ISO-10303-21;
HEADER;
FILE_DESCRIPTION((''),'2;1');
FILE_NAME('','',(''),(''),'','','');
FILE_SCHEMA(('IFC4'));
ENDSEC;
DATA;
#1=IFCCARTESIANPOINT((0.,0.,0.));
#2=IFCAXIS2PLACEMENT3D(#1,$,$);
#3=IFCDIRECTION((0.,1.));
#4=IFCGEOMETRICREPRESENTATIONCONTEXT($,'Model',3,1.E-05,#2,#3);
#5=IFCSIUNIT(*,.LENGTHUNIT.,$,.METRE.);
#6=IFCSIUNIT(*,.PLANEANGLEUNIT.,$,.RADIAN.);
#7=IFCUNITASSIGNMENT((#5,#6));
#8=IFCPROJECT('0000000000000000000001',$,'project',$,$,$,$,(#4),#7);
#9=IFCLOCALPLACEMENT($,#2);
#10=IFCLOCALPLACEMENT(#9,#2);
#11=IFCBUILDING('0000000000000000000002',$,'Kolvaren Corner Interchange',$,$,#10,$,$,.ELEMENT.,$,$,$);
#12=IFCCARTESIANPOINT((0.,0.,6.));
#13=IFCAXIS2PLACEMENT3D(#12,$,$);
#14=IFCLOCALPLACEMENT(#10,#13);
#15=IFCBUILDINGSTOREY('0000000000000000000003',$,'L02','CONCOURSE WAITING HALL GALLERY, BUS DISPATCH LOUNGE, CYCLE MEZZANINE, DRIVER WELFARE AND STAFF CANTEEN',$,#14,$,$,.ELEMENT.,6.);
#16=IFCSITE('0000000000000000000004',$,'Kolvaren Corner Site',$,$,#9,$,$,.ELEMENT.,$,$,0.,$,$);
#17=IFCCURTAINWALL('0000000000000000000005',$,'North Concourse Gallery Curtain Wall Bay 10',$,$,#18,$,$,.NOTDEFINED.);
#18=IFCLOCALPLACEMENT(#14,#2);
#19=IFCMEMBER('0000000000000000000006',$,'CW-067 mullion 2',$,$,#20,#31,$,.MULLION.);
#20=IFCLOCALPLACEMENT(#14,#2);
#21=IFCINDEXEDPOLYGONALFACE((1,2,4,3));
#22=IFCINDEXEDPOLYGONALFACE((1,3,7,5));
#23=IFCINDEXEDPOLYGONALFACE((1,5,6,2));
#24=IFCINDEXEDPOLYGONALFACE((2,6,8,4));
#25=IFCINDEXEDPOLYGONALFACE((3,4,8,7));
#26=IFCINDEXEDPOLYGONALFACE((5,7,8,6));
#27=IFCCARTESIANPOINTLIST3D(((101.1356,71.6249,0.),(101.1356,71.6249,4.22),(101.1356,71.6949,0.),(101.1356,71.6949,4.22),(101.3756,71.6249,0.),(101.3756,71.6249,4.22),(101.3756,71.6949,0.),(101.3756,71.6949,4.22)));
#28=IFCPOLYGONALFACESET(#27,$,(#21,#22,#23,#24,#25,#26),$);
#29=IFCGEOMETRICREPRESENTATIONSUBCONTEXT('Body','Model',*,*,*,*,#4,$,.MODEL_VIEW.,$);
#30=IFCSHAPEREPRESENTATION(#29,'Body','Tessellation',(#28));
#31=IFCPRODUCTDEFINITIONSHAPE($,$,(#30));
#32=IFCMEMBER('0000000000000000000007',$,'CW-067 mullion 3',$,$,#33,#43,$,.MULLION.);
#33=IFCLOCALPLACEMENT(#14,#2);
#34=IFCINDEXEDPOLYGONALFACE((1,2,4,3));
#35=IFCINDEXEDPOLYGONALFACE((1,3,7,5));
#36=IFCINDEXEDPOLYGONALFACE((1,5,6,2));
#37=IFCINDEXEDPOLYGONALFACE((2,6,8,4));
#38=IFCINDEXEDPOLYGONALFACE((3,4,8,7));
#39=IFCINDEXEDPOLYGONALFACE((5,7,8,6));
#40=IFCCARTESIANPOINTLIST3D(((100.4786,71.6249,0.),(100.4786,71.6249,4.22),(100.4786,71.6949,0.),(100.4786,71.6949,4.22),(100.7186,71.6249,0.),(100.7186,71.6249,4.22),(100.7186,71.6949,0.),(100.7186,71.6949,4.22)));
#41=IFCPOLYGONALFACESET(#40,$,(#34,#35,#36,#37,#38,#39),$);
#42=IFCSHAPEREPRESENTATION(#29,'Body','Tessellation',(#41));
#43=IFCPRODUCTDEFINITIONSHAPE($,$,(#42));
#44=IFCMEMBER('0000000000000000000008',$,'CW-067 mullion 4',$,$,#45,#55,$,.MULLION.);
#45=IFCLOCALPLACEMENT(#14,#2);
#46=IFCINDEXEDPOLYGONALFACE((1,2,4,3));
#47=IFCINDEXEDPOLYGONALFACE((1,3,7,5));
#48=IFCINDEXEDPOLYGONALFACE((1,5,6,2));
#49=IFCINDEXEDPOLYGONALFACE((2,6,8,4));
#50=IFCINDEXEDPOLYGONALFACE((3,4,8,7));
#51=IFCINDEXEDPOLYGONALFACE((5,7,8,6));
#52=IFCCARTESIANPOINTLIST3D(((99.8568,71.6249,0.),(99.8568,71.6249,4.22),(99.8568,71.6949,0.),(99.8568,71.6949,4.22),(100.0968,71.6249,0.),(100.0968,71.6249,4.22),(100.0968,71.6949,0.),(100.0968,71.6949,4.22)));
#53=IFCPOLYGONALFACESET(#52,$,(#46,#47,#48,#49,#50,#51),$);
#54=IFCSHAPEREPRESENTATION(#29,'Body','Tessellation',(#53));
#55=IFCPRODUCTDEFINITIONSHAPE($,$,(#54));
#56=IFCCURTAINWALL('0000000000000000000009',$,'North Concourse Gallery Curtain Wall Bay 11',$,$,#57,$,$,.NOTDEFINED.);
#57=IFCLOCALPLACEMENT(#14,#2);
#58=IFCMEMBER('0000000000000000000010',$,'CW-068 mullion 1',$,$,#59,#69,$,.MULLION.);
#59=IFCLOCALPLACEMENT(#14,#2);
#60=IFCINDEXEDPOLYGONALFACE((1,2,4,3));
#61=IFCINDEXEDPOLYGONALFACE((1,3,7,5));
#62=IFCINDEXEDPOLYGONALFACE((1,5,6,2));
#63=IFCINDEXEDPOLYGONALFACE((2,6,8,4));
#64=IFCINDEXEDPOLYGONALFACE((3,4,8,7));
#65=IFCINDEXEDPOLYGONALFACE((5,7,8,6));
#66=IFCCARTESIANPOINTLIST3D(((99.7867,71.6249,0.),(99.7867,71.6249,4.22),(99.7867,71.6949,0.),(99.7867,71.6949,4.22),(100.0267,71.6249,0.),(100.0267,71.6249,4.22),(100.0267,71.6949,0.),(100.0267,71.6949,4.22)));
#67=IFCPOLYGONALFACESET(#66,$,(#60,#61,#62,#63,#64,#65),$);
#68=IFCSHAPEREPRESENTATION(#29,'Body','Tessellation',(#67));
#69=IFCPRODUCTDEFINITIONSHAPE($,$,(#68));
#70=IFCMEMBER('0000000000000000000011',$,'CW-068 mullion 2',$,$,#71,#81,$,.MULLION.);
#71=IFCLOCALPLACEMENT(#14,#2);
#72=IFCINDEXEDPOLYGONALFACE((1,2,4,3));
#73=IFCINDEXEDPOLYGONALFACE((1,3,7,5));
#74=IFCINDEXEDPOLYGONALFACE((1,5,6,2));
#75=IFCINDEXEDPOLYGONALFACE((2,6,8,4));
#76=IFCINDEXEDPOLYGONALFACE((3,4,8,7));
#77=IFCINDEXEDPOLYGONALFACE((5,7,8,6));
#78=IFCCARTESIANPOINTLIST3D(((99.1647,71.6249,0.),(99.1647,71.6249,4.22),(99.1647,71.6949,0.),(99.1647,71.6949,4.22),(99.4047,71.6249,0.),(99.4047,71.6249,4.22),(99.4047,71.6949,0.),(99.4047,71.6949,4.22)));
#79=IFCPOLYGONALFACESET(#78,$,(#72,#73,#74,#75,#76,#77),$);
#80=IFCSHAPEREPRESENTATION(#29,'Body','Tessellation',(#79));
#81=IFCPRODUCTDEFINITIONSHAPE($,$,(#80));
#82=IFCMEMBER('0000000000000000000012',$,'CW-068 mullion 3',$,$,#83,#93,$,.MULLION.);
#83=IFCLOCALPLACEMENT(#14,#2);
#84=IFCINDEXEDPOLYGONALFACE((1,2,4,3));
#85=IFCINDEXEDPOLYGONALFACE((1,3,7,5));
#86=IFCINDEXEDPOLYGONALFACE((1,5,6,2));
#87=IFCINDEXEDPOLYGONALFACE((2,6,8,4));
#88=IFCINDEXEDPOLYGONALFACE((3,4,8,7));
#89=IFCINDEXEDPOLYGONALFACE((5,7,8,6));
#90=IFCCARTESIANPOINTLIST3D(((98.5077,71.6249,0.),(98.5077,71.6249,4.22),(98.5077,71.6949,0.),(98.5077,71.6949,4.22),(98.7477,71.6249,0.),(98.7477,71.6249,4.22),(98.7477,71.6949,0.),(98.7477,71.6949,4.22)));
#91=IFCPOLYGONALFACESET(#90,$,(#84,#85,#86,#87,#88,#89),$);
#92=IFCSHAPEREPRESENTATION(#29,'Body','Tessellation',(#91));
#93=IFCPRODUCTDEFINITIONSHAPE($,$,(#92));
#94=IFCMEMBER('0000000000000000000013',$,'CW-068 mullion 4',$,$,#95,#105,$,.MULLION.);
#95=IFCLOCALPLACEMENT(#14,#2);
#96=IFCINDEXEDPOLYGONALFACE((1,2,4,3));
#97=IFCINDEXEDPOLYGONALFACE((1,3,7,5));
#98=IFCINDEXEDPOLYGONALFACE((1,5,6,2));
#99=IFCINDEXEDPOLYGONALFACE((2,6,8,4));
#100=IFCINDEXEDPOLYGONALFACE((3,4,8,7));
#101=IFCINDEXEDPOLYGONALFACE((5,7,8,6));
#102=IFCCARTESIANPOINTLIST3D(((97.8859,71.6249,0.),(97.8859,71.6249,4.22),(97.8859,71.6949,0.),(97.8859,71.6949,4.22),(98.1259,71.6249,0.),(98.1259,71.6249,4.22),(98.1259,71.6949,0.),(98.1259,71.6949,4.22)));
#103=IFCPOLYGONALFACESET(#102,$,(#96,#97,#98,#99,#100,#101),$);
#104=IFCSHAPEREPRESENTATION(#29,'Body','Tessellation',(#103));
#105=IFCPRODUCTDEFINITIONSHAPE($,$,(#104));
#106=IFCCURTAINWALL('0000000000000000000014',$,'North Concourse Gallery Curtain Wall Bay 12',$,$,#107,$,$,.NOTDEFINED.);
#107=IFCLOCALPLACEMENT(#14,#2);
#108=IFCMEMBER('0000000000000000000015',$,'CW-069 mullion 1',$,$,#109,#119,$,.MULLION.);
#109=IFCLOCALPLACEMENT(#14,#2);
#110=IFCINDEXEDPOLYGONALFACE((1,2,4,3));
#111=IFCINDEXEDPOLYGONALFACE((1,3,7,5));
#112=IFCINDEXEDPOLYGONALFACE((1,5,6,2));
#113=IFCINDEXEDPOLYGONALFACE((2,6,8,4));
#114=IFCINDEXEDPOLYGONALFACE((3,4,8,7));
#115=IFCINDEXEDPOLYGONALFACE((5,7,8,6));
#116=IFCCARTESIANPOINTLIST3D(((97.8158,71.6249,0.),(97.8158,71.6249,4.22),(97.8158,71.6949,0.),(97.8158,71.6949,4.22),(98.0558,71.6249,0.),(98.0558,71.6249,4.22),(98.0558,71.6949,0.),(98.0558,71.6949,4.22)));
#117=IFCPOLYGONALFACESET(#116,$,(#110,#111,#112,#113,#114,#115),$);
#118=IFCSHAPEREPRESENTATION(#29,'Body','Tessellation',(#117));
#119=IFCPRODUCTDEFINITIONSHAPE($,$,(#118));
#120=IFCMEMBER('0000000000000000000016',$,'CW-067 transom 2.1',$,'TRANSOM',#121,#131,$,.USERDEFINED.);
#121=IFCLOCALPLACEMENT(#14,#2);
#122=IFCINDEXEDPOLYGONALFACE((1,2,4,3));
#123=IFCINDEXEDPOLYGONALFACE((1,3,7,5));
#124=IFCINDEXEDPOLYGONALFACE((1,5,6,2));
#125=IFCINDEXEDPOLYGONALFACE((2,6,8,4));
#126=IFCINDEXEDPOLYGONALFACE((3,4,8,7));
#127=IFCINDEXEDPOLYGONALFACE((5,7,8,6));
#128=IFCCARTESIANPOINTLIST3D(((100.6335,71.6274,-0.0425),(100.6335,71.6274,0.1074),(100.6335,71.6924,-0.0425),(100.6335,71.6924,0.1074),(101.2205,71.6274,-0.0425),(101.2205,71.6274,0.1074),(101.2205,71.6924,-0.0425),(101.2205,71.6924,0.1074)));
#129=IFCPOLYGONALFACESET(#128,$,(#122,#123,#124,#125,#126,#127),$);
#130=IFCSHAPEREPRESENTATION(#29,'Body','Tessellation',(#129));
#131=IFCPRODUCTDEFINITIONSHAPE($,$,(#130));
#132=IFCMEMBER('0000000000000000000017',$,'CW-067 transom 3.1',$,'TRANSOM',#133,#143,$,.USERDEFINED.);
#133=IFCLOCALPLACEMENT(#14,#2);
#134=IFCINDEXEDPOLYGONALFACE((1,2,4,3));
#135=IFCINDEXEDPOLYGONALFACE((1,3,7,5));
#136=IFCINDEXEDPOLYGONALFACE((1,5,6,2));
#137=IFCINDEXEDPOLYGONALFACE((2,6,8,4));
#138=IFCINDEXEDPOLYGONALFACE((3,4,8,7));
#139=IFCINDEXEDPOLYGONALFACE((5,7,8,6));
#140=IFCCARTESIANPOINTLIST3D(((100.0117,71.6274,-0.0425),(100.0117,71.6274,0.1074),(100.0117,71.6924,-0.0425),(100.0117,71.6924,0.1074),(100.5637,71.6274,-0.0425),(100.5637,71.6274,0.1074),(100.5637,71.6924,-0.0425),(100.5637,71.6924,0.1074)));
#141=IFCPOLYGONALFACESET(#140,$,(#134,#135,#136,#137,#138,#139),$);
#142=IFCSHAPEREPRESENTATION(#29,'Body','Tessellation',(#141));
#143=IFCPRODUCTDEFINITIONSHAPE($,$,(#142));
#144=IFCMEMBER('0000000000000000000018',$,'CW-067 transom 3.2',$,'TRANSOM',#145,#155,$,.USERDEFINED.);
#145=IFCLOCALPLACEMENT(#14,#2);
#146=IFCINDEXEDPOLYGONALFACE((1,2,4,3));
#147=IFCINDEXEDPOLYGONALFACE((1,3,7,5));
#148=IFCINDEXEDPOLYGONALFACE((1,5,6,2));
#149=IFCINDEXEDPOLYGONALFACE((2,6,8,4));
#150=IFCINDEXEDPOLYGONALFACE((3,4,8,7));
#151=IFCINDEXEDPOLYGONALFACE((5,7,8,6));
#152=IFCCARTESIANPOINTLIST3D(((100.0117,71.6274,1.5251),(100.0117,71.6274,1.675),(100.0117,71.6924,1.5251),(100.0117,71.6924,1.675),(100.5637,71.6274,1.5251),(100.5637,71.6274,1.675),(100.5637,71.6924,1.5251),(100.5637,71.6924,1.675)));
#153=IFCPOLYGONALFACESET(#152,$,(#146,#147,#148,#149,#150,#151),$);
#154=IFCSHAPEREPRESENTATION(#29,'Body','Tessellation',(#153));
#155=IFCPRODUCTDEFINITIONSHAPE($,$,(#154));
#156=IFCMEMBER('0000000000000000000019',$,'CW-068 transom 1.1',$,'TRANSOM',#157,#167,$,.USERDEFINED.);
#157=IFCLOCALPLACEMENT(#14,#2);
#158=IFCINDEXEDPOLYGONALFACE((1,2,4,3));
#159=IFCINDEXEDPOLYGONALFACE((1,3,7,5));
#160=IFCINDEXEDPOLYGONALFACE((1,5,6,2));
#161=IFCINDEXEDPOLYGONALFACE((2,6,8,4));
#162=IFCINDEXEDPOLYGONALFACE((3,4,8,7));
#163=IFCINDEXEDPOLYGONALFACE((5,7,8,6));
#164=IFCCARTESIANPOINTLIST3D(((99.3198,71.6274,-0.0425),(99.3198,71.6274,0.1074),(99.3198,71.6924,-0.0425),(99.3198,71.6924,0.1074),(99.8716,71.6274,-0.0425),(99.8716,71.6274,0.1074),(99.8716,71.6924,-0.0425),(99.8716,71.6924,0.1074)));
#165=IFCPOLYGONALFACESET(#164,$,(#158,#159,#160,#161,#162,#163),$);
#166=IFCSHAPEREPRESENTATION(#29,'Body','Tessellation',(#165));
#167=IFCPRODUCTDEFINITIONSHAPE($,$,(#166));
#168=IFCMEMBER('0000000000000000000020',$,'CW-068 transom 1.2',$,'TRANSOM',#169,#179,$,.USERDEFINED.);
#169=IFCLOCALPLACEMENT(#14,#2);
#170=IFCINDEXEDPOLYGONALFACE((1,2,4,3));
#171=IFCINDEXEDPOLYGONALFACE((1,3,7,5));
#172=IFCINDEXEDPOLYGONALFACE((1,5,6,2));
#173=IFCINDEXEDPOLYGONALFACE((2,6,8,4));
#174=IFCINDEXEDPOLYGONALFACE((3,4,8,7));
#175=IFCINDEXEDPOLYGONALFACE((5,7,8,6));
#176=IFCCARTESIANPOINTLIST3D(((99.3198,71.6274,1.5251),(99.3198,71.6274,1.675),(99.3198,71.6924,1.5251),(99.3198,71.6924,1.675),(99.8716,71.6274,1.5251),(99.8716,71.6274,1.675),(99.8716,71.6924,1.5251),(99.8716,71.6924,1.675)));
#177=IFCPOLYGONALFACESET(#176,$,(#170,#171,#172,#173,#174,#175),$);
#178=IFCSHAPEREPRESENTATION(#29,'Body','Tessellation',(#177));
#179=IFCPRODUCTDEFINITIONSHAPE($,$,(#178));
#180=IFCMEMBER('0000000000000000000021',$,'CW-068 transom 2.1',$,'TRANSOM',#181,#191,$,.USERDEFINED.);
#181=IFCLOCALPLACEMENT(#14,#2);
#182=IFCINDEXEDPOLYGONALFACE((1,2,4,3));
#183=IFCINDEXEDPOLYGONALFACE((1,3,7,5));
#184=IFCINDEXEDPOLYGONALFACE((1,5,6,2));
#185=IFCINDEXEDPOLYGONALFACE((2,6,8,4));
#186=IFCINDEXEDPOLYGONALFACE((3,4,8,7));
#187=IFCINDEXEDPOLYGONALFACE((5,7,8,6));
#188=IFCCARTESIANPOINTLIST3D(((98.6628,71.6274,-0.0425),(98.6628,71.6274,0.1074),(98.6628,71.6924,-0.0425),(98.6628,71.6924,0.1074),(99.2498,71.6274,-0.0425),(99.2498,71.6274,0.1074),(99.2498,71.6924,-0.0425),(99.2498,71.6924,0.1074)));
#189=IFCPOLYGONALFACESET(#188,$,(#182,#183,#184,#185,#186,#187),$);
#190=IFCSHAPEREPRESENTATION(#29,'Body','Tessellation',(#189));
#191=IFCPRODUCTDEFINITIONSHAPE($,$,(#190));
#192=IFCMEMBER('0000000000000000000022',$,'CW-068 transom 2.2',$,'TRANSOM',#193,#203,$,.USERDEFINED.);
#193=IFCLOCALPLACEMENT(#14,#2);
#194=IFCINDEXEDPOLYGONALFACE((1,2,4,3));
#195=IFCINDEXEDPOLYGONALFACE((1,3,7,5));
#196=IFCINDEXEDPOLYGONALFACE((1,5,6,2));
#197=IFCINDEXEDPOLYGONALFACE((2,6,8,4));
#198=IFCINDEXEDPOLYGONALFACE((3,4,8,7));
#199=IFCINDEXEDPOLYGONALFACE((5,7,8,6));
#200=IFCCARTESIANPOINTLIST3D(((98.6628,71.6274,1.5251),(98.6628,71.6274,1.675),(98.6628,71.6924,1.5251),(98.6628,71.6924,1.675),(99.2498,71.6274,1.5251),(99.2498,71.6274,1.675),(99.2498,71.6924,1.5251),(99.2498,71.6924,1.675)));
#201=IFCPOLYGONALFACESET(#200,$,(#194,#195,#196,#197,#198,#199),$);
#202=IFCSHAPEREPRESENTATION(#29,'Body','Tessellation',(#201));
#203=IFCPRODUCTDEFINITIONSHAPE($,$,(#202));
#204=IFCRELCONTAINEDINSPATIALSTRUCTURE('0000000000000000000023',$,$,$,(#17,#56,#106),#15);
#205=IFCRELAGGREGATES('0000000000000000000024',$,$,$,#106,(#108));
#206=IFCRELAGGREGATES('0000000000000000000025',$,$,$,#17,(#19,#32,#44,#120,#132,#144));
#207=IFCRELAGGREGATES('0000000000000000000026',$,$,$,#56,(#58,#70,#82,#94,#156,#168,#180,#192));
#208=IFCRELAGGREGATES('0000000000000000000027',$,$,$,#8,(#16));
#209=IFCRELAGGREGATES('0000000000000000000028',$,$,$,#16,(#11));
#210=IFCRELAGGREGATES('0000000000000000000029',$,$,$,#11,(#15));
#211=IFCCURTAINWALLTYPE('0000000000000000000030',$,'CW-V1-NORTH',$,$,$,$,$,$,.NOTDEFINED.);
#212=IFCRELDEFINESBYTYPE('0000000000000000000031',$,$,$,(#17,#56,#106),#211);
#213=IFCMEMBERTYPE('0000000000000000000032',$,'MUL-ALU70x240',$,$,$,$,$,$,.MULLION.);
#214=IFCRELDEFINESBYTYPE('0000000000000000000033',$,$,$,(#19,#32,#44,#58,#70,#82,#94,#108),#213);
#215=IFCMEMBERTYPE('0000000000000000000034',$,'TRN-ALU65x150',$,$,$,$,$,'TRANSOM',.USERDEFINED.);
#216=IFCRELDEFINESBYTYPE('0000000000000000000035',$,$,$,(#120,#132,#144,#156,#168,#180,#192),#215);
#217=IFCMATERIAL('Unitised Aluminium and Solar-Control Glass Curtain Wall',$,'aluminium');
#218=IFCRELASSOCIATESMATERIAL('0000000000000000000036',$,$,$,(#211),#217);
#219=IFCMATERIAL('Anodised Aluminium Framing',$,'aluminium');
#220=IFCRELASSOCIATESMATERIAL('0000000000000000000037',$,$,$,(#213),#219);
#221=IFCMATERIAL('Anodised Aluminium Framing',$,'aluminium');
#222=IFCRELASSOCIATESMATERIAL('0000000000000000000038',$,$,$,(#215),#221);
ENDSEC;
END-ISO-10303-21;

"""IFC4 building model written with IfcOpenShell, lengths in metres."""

from ifc_helpers import new_model, si_unit, direction, frame, origin, origin_2d, place, context, subcontext, project, spatial, rectangle, extrude, material, material_profile, profile_set, type_object, element, aggregate, save


model = new_model("IFC4")

# Units and contexts
model_context = context("Model", 3, precision=1e-05, world=origin(), true_north=direction((0.0, 1.0)))
body_context = subcontext(model_context, "Body", "Model", "MODEL_VIEW")
ifc_project = project(units=[si_unit("LENGTHUNIT", "METRE"), si_unit("PLANEANGLEUNIT", "RADIAN")], contexts=[model_context])

# Site, building, storey
site_placement = place(None, origin())
site = spatial("IfcSite", under=ifc_project, at=site_placement, Name="Kolvaren Corner Site", CompositionType="ELEMENT", RefElevation=0.0)
building_placement = place(site_placement, origin())
building = spatial("IfcBuilding", under=site, at=building_placement, Name="Kolvaren Corner Interchange", CompositionType="ELEMENT")
storey_placement = place(building_placement, frame((0.0, 0.0, 6.0)))
storey = spatial("IfcBuildingStorey", under=building, at=storey_placement, Name="L02", Description="CONCOURSE WAITING HALL GALLERY, BUS DISPATCH LOUNGE, CYCLE MEZZANINE, DRIVER WELFARE AND STAFF CANTEEN", CompositionType="ELEMENT", Elevation=6.0)

# Curtain walls, members
ifc_material_1 = material(Name="Unitised Aluminium and Solar-Control Glass Curtain Wall", Category="aluminium")
curtain_wall_type = type_object("IfcCurtainWallType", Name="CW-V1-NORTH", PredefinedType="NOTDEFINED", material=ifc_material_1)
curtain_wall_1_placement = place(storey_placement, origin())
curtain_wall_1 = element("IfcCurtainWall", 1, at=curtain_wall_1_placement, inside=storey, type_object=curtain_wall_type, Name="North Concourse Gallery Curtain Wall Bay 10", PredefinedType="NOTDEFINED")
ifc_material_2 = material(Name="Anodised Aluminium Framing", Category="aluminium")
ifc_material_profile_1 = material_profile(ifc_material_2, rectangle(XDim=0.0701, YDim=0.24, at=origin_2d()), Name="ALU 70x240")
ifc_profile_set_1 = profile_set([ifc_material_profile_1], Name="Anodised Aluminium Framing")
member_type_1 = type_object("IfcMemberType", Name="MUL-ALU70x240", PredefinedType="MULLION", material=ifc_profile_set_1)
member_1_placement = place(storey_placement, frame((101.2556, 71.6599, 0.0), z_axis=(0.0, 0.0, 1.0), x_axis=(0.0, -1.0, 0.0)))
member_1 = element("IfcMember", 2, at=member_1_placement, type_object=member_type_1, Name="CW-067 mullion 2", PredefinedType="MULLION", context=body_context, shape_type="SweptSolid", body=[
    extrude(rectangle(XDim=0.0701, YDim=0.24, at=origin_2d()), origin(), (0.0, 0.0, 1.0), 4.22),
])
member_2_placement = place(storey_placement, frame((100.5986, 71.6599, 0.0), z_axis=(0.0, 0.0, 1.0), x_axis=(0.0, -1.0, 0.0)))
member_2 = element("IfcMember", 3, at=member_2_placement, type_object=member_type_1, Name="CW-067 mullion 3", PredefinedType="MULLION", context=body_context, shape_type="SweptSolid", body=[
    extrude(rectangle(XDim=0.0701, YDim=0.24, at=origin_2d()), origin(), (0.0, 0.0, 1.0), 4.22),
])
member_3_placement = place(storey_placement, frame((99.9768, 71.6599, 0.0), z_axis=(0.0, 0.0, 1.0), x_axis=(0.0, -1.0, 0.0)))
member_3 = element("IfcMember", 4, at=member_3_placement, type_object=member_type_1, Name="CW-067 mullion 4", PredefinedType="MULLION", context=body_context, shape_type="SweptSolid", body=[
    extrude(rectangle(XDim=0.0701, YDim=0.24, at=origin_2d()), origin(), (0.0, 0.0, 1.0), 4.22),
])
curtain_wall_2_placement = place(storey_placement, origin())
curtain_wall_2 = element("IfcCurtainWall", 5, at=curtain_wall_2_placement, inside=storey, type_object=curtain_wall_type, Name="North Concourse Gallery Curtain Wall Bay 11", PredefinedType="NOTDEFINED")
member_4_placement = place(storey_placement, frame((99.9067, 71.6599, 0.0), z_axis=(0.0, 0.0, 1.0), x_axis=(0.0, -1.0, 0.0)))
member_4 = element("IfcMember", 6, at=member_4_placement, type_object=member_type_1, Name="CW-068 mullion 1", PredefinedType="MULLION", context=body_context, shape_type="SweptSolid", body=[
    extrude(rectangle(XDim=0.0701, YDim=0.24, at=origin_2d()), origin(), (0.0, 0.0, 1.0), 4.22),
])
member_5_placement = place(storey_placement, frame((99.2847, 71.6599, 0.0), z_axis=(0.0, 0.0, 1.0), x_axis=(0.0, -1.0, 0.0)))
member_5 = element("IfcMember", 7, at=member_5_placement, type_object=member_type_1, Name="CW-068 mullion 2", PredefinedType="MULLION", context=body_context, shape_type="SweptSolid", body=[
    extrude(rectangle(XDim=0.0701, YDim=0.24, at=origin_2d()), origin(), (0.0, 0.0, 1.0), 4.22),
])
member_6_placement = place(storey_placement, frame((98.6277, 71.6599, 0.0), z_axis=(0.0, 0.0, 1.0), x_axis=(0.0, -1.0, 0.0)))
member_6 = element("IfcMember", 8, at=member_6_placement, type_object=member_type_1, Name="CW-068 mullion 3", PredefinedType="MULLION", context=body_context, shape_type="SweptSolid", body=[
    extrude(rectangle(XDim=0.0701, YDim=0.24, at=origin_2d()), origin(), (0.0, 0.0, 1.0), 4.22),
])
member_7_placement = place(storey_placement, frame((98.0059, 71.6599, 0.0), z_axis=(0.0, 0.0, 1.0), x_axis=(0.0, -1.0, 0.0)))
member_7 = element("IfcMember", 9, at=member_7_placement, type_object=member_type_1, Name="CW-068 mullion 4", PredefinedType="MULLION", context=body_context, shape_type="SweptSolid", body=[
    extrude(rectangle(XDim=0.0701, YDim=0.24, at=origin_2d()), origin(), (0.0, 0.0, 1.0), 4.22),
])

# Curtain wall, member
curtain_wall_3_placement = place(storey_placement, origin())
curtain_wall_3 = element("IfcCurtainWall", 10, at=curtain_wall_3_placement, inside=storey, type_object=curtain_wall_type, Name="North Concourse Gallery Curtain Wall Bay 12", PredefinedType="NOTDEFINED")
member_8_placement = place(storey_placement, frame((97.9358, 71.6599, 0.0), z_axis=(0.0, 0.0, 1.0), x_axis=(0.0, -1.0, 0.0)))
member_8 = element("IfcMember", 11, at=member_8_placement, type_object=member_type_1, Name="CW-069 mullion 1", PredefinedType="MULLION", context=body_context, shape_type="SweptSolid", body=[
    extrude(rectangle(XDim=0.0701, YDim=0.24, at=origin_2d()), origin(), (0.0, 0.0, 1.0), 4.22),
])
aggregate(curtain_wall_3, [member_8])

# Members
ifc_material_3 = material(Name="Anodised Aluminium Framing", Category="aluminium")
ifc_material_profile_2 = material_profile(ifc_material_3, rectangle(XDim=0.0649, YDim=0.1499, at=origin_2d()), Name="ALU 65x150")
ifc_profile_set_2 = profile_set([ifc_material_profile_2], Name="Anodised Aluminium Framing")
member_type_2 = type_object("IfcMemberType", Name="TRN-ALU65x150", ElementType="TRANSOM", PredefinedType="USERDEFINED", material=ifc_profile_set_2)
member_9_placement = place(storey_placement, frame((101.2205, 71.6599, 0.0325), z_axis=(-1.0, 0.0, 0.0), x_axis=(0.0, -1.0, 0.0)))
member_9 = element("IfcMember", 12, at=member_9_placement, type_object=member_type_2, Name="CW-067 transom 2.1", ObjectType="TRANSOM", PredefinedType="USERDEFINED", context=body_context, shape_type="SweptSolid", body=[
    extrude(rectangle(XDim=0.0649, YDim=0.1499, at=origin_2d()), origin(), (0.0, 0.0, 1.0), 0.5869),
])
member_10_placement = place(storey_placement, frame((100.5637, 71.6599, 0.0325), z_axis=(-1.0, 0.0, 0.0), x_axis=(0.0, -1.0, 0.0)))
member_10 = element("IfcMember", 13, at=member_10_placement, type_object=member_type_2, Name="CW-067 transom 3.1", ObjectType="TRANSOM", PredefinedType="USERDEFINED", context=body_context, shape_type="SweptSolid", body=[
    extrude(rectangle(XDim=0.0649, YDim=0.1499, at=origin_2d()), origin(), (0.0, 0.0, 1.0), 0.552),
])
member_11_placement = place(storey_placement, frame((100.5637, 71.6599, 1.6001), z_axis=(-1.0, 0.0, 0.0), x_axis=(0.0, -1.0, 0.0)))
member_11 = element("IfcMember", 14, at=member_11_placement, type_object=member_type_2, Name="CW-067 transom 3.2", ObjectType="TRANSOM", PredefinedType="USERDEFINED", context=body_context, shape_type="SweptSolid", body=[
    extrude(rectangle(XDim=0.0649, YDim=0.1499, at=origin_2d()), origin(), (0.0, 0.0, 1.0), 0.552),
])
member_12_placement = place(storey_placement, frame((99.8716, 71.6599, 0.0325), z_axis=(-1.0, 0.0, 0.0), x_axis=(0.0, -1.0, 0.0)))
member_12 = element("IfcMember", 15, at=member_12_placement, type_object=member_type_2, Name="CW-068 transom 1.1", ObjectType="TRANSOM", PredefinedType="USERDEFINED", context=body_context, shape_type="SweptSolid", body=[
    extrude(rectangle(XDim=0.0649, YDim=0.1499, at=origin_2d()), origin(), (0.0, 0.0, 1.0), 0.5518),
])
member_13_placement = place(storey_placement, frame((99.8716, 71.6599, 1.6001), z_axis=(-1.0, 0.0, 0.0), x_axis=(0.0, -1.0, 0.0)))
member_13 = element("IfcMember", 16, at=member_13_placement, type_object=member_type_2, Name="CW-068 transom 1.2", ObjectType="TRANSOM", PredefinedType="USERDEFINED", context=body_context, shape_type="SweptSolid", body=[
    extrude(rectangle(XDim=0.0649, YDim=0.1499, at=origin_2d()), origin(), (0.0, 0.0, 1.0), 0.5518),
])
member_14_placement = place(storey_placement, frame((99.2498, 71.6599, 0.0325), z_axis=(-1.0, 0.0, 0.0), x_axis=(0.0, -1.0, 0.0)))
member_14 = element("IfcMember", 17, at=member_14_placement, type_object=member_type_2, Name="CW-068 transom 2.1", ObjectType="TRANSOM", PredefinedType="USERDEFINED", context=body_context, shape_type="SweptSolid", body=[
    extrude(rectangle(XDim=0.0649, YDim=0.1499, at=origin_2d()), origin(), (0.0, 0.0, 1.0), 0.5869),
])
member_15_placement = place(storey_placement, frame((99.2498, 71.6599, 1.6001), z_axis=(-1.0, 0.0, 0.0), x_axis=(0.0, -1.0, 0.0)))
member_15 = element("IfcMember", 18, at=member_15_placement, type_object=member_type_2, Name="CW-068 transom 2.2", ObjectType="TRANSOM", PredefinedType="USERDEFINED", context=body_context, shape_type="SweptSolid", body=[
    extrude(rectangle(XDim=0.0649, YDim=0.1499, at=origin_2d()), origin(), (0.0, 0.0, 1.0), 0.5869),
])

aggregate(curtain_wall_1, [member_1, member_2, member_3, member_9, member_10, member_11])
aggregate(curtain_wall_2, [member_4, member_5, member_6, member_7, member_12, member_13, member_14, member_15])

save(model, "model.ifc")
